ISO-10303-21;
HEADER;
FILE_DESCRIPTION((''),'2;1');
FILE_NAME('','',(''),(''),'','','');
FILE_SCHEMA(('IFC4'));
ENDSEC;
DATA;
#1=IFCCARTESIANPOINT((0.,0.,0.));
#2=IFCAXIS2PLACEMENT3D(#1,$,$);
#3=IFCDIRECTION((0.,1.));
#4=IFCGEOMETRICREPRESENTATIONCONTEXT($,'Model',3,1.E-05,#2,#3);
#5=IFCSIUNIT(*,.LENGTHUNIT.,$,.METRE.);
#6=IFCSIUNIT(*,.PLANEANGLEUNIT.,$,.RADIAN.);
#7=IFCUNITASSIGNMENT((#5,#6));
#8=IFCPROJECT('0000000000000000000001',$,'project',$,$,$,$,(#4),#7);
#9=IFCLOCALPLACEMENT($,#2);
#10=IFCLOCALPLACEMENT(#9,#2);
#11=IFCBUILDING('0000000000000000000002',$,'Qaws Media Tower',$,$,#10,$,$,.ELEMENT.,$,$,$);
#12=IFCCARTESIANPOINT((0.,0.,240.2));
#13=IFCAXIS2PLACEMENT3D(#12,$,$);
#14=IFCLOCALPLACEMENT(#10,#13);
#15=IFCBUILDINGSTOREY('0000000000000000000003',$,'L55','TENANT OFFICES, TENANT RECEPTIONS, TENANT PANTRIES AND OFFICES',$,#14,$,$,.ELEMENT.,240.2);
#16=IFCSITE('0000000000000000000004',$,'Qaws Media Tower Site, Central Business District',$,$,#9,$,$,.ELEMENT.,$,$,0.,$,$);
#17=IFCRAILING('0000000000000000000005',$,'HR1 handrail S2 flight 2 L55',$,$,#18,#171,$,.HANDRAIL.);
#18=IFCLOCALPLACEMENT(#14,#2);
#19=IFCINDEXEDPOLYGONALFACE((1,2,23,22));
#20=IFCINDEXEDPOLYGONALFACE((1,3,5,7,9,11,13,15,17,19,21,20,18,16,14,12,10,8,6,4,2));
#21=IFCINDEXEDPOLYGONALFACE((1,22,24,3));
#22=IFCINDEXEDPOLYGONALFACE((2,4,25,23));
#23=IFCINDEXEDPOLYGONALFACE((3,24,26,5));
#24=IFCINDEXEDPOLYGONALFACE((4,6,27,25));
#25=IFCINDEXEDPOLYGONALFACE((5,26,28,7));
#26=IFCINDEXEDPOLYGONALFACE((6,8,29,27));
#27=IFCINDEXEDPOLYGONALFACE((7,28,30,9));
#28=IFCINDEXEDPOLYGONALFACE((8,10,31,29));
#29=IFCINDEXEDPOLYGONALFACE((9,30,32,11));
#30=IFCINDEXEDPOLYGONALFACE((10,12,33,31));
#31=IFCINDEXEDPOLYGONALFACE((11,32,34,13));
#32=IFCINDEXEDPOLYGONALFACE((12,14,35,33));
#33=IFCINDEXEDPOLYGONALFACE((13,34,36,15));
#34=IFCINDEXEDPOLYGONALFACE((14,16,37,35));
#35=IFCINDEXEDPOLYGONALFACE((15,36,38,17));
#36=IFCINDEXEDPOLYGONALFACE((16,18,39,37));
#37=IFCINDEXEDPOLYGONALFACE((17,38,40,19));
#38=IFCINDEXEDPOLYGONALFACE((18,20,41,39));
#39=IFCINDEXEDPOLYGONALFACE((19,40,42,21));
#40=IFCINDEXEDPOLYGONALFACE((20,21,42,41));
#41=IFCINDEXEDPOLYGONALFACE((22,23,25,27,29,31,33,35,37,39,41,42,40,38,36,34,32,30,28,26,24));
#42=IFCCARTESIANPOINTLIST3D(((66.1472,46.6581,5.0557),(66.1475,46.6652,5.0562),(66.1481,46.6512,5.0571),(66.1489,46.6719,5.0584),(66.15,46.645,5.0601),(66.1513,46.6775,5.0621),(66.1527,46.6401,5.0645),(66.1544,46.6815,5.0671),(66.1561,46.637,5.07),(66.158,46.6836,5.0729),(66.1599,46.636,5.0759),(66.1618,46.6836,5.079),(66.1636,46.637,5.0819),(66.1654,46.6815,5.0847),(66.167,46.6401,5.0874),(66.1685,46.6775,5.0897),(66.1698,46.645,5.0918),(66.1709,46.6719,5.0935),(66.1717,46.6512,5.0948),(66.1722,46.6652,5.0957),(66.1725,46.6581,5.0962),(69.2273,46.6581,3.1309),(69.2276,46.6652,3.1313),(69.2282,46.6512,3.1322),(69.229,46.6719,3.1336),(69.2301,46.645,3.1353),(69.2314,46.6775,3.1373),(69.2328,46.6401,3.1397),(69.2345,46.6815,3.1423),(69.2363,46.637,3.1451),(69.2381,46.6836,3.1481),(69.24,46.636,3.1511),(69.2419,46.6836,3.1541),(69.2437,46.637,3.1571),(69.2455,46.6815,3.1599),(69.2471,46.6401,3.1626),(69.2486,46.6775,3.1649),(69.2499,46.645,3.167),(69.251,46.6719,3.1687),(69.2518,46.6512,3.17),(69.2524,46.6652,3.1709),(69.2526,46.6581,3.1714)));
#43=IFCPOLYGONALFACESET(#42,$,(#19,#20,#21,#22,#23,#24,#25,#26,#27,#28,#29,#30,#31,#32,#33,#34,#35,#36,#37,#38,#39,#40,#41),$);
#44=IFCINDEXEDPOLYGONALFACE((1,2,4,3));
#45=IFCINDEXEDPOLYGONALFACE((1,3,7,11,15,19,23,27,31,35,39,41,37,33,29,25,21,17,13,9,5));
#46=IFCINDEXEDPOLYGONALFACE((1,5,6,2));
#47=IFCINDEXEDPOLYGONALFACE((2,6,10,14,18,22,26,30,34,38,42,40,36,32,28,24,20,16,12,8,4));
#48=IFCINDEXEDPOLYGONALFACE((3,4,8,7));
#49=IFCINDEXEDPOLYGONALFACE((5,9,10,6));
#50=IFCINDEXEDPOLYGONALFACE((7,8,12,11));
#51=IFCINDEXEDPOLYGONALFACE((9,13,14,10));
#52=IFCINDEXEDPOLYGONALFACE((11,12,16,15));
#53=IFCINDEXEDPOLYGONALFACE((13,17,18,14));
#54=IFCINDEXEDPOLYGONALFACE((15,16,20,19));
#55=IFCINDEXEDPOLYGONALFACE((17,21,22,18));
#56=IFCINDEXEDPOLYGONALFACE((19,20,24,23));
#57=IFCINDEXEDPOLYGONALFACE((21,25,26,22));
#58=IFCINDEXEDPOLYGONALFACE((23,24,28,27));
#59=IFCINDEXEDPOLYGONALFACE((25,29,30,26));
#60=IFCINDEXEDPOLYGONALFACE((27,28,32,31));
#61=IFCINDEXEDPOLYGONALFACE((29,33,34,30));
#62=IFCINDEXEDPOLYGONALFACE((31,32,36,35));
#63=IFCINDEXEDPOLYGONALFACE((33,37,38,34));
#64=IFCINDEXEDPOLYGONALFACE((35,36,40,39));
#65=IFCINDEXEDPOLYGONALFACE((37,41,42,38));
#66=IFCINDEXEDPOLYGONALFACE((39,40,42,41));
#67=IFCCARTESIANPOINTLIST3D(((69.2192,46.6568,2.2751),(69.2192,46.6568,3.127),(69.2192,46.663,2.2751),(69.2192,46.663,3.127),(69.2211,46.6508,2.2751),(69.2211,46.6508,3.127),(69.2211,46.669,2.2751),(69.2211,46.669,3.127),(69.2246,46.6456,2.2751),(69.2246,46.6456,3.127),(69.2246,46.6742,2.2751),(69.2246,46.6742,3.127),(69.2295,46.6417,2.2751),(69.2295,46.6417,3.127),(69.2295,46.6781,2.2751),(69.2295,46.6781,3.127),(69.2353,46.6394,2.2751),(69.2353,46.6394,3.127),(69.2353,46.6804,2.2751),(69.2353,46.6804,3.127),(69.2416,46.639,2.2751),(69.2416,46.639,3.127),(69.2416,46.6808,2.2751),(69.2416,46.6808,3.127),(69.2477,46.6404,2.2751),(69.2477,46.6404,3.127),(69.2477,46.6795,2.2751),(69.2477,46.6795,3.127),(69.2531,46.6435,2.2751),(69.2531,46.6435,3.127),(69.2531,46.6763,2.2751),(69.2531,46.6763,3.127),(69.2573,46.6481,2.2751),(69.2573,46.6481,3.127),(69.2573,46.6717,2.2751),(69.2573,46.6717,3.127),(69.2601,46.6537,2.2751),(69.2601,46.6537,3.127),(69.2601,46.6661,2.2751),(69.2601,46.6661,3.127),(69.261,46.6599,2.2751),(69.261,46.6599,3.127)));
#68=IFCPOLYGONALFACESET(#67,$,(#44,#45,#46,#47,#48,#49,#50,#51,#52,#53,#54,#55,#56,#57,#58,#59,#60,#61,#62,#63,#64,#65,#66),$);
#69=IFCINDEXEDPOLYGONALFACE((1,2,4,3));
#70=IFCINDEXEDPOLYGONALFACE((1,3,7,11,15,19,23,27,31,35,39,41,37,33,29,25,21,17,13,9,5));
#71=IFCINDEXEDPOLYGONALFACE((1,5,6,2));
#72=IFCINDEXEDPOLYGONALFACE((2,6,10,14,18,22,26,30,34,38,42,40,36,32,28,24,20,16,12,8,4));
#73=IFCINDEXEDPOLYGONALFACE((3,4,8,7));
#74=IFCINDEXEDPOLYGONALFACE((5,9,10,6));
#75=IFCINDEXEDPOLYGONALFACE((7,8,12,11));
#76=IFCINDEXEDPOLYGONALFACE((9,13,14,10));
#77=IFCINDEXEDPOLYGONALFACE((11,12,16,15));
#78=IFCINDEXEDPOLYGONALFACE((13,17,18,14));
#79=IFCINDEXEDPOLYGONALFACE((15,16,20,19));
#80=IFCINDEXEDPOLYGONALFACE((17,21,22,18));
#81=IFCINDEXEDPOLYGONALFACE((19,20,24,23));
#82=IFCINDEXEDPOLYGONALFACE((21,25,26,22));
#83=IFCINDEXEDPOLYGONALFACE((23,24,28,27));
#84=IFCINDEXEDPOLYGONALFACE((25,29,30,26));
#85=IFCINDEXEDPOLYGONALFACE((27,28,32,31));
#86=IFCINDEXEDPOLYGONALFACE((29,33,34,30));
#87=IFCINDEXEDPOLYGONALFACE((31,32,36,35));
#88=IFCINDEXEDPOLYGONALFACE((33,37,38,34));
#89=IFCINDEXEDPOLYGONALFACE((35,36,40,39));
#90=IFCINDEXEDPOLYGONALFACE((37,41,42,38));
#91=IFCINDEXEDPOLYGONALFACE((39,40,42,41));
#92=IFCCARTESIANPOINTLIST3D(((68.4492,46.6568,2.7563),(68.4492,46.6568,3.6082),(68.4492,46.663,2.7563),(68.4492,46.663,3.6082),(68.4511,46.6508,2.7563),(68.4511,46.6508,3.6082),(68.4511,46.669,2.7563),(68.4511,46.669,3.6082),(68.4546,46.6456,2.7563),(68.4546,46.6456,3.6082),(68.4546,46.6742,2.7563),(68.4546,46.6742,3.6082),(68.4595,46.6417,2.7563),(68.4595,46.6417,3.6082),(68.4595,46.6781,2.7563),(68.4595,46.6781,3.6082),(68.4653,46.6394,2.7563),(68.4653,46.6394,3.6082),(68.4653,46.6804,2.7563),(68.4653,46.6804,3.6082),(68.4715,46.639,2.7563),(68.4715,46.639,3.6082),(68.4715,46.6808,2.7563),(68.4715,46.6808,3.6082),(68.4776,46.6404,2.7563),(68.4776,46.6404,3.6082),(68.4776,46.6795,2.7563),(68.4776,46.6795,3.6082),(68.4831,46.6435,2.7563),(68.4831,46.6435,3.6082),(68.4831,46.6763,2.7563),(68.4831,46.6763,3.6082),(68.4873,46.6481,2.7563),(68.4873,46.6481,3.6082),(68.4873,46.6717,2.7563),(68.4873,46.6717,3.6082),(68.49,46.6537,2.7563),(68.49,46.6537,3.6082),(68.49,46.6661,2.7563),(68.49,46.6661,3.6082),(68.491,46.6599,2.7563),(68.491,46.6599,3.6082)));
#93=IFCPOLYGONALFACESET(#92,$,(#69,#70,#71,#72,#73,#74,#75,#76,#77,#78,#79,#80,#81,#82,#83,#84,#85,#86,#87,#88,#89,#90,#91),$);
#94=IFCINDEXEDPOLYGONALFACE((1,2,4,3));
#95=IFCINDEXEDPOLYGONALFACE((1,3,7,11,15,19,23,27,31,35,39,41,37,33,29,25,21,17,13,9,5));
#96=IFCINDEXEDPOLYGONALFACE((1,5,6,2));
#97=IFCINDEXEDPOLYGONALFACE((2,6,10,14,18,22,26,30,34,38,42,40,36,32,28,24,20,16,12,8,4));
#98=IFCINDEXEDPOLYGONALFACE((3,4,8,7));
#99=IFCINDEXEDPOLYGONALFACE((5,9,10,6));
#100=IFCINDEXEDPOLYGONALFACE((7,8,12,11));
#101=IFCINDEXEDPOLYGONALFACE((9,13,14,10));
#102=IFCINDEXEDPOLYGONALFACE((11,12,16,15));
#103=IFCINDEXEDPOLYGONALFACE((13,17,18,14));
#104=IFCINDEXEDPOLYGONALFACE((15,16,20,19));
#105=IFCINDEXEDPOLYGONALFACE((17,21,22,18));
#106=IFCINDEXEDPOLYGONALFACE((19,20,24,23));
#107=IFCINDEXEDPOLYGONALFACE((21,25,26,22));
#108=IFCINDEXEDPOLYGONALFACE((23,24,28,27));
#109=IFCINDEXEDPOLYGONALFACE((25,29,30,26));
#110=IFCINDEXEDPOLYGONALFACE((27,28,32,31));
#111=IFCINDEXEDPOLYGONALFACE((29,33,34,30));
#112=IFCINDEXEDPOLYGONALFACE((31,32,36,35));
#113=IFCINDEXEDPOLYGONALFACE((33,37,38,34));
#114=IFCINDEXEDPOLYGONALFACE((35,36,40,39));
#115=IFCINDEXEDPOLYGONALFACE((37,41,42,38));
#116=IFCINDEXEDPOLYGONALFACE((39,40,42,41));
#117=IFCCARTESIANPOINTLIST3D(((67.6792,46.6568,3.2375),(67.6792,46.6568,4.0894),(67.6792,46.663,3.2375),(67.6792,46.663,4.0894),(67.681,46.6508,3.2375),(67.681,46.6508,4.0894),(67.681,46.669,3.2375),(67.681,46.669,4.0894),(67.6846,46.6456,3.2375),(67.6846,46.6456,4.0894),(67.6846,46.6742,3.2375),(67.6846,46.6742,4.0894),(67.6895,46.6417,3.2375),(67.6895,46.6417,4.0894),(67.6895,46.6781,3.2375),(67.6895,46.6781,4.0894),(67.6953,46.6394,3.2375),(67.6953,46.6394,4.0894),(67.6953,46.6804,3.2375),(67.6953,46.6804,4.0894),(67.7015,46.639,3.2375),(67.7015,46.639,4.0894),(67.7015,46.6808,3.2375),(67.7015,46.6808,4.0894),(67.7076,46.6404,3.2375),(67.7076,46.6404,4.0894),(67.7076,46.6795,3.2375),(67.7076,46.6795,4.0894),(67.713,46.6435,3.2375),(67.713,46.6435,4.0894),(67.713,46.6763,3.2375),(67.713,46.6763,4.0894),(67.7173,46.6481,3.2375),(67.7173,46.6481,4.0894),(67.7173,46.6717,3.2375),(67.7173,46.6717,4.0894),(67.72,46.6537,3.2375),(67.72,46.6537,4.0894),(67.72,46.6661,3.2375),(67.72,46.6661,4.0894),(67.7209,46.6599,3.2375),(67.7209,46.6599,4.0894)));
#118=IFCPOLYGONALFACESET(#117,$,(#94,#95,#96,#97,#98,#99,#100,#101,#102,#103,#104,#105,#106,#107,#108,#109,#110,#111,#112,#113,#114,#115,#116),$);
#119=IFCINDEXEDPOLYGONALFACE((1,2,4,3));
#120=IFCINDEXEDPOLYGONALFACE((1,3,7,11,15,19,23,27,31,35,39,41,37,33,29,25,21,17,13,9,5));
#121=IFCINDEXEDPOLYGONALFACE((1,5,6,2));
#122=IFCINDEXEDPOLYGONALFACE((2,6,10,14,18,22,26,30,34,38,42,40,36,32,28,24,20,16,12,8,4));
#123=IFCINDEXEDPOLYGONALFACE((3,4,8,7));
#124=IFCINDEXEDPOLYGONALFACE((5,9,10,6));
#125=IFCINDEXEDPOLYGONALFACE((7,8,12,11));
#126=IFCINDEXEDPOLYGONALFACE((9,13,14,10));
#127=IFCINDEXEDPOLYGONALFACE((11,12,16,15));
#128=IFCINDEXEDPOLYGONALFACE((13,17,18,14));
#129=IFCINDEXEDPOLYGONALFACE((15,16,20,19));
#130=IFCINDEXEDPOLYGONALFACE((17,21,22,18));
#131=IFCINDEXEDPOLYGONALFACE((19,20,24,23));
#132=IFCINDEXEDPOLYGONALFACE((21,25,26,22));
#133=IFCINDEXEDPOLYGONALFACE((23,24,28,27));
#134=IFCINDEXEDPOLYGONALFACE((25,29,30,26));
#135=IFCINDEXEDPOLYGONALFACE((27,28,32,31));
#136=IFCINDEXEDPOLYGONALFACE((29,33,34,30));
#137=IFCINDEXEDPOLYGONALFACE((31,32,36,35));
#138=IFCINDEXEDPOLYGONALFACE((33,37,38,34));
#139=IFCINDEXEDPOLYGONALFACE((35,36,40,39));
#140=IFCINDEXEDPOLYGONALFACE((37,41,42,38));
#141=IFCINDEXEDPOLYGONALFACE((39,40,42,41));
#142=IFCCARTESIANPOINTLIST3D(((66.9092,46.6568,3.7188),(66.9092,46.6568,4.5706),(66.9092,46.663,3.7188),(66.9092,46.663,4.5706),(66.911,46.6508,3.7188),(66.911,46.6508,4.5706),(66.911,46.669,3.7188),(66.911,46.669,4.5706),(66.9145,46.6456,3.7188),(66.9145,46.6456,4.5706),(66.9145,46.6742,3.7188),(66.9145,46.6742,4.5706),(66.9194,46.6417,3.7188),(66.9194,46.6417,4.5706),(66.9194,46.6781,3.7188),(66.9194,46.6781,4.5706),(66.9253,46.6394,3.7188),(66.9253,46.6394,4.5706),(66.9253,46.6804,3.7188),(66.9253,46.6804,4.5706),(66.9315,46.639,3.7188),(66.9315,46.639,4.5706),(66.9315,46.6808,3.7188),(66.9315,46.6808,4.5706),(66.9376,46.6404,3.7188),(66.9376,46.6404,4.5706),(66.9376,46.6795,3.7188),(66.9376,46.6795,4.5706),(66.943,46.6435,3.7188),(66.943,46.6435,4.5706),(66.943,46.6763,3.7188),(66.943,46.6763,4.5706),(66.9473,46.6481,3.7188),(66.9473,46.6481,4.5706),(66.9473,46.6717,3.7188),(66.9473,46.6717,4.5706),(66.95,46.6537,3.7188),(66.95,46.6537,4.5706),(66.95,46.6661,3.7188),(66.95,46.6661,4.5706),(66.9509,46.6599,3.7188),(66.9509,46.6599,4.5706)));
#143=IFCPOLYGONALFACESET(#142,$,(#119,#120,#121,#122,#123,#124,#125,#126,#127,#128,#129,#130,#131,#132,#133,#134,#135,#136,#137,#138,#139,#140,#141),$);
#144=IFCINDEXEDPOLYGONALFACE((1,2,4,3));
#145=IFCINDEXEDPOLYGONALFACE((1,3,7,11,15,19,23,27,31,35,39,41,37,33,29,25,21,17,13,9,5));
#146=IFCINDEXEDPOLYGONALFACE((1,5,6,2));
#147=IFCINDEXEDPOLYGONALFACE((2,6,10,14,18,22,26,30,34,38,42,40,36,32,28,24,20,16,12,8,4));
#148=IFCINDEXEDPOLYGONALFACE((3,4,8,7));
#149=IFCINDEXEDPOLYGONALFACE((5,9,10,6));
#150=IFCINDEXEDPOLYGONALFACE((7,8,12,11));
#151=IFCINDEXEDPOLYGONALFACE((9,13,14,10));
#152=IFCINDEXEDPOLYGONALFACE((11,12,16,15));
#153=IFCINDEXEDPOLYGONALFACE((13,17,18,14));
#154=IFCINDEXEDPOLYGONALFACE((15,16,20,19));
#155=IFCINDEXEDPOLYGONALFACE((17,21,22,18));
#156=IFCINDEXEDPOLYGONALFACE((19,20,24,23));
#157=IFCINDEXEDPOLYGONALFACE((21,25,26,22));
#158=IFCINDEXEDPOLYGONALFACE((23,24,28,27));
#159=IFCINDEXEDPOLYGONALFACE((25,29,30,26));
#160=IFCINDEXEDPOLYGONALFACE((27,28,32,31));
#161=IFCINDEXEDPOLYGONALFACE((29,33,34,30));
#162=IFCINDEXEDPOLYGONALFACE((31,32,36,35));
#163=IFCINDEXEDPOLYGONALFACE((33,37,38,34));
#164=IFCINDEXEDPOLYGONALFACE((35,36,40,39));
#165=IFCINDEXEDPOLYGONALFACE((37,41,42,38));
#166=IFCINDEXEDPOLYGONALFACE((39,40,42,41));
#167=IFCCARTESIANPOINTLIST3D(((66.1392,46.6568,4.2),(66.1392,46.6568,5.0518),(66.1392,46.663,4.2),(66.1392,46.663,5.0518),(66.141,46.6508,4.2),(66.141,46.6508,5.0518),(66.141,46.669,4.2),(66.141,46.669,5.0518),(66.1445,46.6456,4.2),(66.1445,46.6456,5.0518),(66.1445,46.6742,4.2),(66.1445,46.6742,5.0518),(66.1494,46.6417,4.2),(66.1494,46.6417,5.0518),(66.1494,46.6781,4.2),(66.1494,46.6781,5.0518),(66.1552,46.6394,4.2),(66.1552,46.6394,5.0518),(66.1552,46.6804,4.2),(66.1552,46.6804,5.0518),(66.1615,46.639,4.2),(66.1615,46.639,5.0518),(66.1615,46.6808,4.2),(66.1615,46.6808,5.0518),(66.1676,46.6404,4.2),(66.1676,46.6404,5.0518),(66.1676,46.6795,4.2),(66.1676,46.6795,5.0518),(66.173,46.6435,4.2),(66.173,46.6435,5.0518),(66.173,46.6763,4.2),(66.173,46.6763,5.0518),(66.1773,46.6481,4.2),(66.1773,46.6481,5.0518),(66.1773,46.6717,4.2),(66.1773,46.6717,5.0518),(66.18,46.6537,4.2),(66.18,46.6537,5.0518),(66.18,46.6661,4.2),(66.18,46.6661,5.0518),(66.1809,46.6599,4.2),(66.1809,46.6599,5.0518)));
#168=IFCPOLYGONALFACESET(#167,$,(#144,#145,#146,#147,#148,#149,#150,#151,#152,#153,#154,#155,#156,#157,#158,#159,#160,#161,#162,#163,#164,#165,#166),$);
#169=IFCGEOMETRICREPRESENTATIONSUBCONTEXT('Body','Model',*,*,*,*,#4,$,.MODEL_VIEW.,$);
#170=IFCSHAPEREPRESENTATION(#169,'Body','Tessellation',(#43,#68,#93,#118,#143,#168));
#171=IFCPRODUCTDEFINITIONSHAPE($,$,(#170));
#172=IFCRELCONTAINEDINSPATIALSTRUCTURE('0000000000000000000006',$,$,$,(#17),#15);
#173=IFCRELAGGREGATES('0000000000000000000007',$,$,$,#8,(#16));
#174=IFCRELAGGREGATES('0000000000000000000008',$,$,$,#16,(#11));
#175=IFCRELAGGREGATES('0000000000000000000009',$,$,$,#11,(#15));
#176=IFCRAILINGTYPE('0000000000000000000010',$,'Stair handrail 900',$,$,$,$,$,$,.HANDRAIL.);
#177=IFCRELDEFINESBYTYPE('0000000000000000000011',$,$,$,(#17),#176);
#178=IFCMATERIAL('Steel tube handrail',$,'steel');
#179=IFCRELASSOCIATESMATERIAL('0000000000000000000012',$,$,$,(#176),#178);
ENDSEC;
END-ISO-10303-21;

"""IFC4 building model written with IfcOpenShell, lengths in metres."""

from ifc_helpers import new_model, si_unit, direction, frame, origin, origin_2d, place, context, subcontext, project, spatial, circle, extrude, material, type_object, element, save


model = new_model("IFC4")

# Units and contexts
model_context = context("Model", 3, precision=1e-05, world=origin(), true_north=direction((0.0, 1.0)))
body_context = subcontext(model_context, "Body", "Model", "MODEL_VIEW")
ifc_project = project(units=[si_unit("LENGTHUNIT", "METRE"), si_unit("PLANEANGLEUNIT", "RADIAN")], contexts=[model_context])

# Site, building, storey
site_placement = place(None, origin())
site = spatial("IfcSite", under=ifc_project, at=site_placement, Name="Qaws Media Tower Site, Central Business District", CompositionType="ELEMENT", RefElevation=0.0)
building_placement = place(site_placement, origin())
building = spatial("IfcBuilding", under=site, at=building_placement, Name="Qaws Media Tower", CompositionType="ELEMENT")
storey_placement = place(building_placement, frame((0.0, 0.0, 240.2)))
storey = spatial("IfcBuildingStorey", under=building, at=storey_placement, Name="L55", Description="TENANT OFFICES, TENANT RECEPTIONS, TENANT PANTRIES AND OFFICES", CompositionType="ELEMENT", Elevation=240.2)

# Railing
ifc_material_1 = material(Name="Steel tube handrail", Category="steel")
railing_type = type_object("IfcRailingType", Name="Stair handrail 900", PredefinedType="HANDRAIL", material=ifc_material_1)
for number, where, name in (
    (1, (69.24, 46.6599, 2.2751), "HR1 handrail S2 flight 2 L55"),
):
    element("IfcRailing", number, at=place(storey_placement, frame(where)), inside=storey, type_object=railing_type, Name=name, PredefinedType="HANDRAIL", context=body_context, shape_type="SweptSolid", body=[
        extrude(circle(Radius=0.0239, at=origin_2d()), frame((0.0, 0.0, 0.876), z_axis=(-0.848029, 0.0, 0.529951), x_axis=(0.0, -1.0, 0.0)), (0.0, 0.0, 1.0), 3.6321),
        extrude(circle(Radius=0.021, at=origin_2d()), origin(), (0.0, 0.0, 1.0), 0.8518),
        extrude(circle(Radius=0.021, at=origin_2d()), frame((-0.77, 0.0, 0.4812)), (0.0, 0.0, 1.0), 0.8518),
        extrude(circle(Radius=0.021, at=origin_2d()), frame((-1.54, 0.0, 0.9624)), (0.0, 0.0, 1.0), 0.8518),
        extrude(circle(Radius=0.021, at=origin_2d()), frame((-2.3101, 0.0, 1.4436)), (0.0, 0.0, 1.0), 0.8518),
        extrude(circle(Radius=0.021, at=origin_2d()), frame((-3.0801, 0.0, 1.9248)), (0.0, 0.0, 1.0), 0.8518),
    ])

save(model, "model.ifc")
